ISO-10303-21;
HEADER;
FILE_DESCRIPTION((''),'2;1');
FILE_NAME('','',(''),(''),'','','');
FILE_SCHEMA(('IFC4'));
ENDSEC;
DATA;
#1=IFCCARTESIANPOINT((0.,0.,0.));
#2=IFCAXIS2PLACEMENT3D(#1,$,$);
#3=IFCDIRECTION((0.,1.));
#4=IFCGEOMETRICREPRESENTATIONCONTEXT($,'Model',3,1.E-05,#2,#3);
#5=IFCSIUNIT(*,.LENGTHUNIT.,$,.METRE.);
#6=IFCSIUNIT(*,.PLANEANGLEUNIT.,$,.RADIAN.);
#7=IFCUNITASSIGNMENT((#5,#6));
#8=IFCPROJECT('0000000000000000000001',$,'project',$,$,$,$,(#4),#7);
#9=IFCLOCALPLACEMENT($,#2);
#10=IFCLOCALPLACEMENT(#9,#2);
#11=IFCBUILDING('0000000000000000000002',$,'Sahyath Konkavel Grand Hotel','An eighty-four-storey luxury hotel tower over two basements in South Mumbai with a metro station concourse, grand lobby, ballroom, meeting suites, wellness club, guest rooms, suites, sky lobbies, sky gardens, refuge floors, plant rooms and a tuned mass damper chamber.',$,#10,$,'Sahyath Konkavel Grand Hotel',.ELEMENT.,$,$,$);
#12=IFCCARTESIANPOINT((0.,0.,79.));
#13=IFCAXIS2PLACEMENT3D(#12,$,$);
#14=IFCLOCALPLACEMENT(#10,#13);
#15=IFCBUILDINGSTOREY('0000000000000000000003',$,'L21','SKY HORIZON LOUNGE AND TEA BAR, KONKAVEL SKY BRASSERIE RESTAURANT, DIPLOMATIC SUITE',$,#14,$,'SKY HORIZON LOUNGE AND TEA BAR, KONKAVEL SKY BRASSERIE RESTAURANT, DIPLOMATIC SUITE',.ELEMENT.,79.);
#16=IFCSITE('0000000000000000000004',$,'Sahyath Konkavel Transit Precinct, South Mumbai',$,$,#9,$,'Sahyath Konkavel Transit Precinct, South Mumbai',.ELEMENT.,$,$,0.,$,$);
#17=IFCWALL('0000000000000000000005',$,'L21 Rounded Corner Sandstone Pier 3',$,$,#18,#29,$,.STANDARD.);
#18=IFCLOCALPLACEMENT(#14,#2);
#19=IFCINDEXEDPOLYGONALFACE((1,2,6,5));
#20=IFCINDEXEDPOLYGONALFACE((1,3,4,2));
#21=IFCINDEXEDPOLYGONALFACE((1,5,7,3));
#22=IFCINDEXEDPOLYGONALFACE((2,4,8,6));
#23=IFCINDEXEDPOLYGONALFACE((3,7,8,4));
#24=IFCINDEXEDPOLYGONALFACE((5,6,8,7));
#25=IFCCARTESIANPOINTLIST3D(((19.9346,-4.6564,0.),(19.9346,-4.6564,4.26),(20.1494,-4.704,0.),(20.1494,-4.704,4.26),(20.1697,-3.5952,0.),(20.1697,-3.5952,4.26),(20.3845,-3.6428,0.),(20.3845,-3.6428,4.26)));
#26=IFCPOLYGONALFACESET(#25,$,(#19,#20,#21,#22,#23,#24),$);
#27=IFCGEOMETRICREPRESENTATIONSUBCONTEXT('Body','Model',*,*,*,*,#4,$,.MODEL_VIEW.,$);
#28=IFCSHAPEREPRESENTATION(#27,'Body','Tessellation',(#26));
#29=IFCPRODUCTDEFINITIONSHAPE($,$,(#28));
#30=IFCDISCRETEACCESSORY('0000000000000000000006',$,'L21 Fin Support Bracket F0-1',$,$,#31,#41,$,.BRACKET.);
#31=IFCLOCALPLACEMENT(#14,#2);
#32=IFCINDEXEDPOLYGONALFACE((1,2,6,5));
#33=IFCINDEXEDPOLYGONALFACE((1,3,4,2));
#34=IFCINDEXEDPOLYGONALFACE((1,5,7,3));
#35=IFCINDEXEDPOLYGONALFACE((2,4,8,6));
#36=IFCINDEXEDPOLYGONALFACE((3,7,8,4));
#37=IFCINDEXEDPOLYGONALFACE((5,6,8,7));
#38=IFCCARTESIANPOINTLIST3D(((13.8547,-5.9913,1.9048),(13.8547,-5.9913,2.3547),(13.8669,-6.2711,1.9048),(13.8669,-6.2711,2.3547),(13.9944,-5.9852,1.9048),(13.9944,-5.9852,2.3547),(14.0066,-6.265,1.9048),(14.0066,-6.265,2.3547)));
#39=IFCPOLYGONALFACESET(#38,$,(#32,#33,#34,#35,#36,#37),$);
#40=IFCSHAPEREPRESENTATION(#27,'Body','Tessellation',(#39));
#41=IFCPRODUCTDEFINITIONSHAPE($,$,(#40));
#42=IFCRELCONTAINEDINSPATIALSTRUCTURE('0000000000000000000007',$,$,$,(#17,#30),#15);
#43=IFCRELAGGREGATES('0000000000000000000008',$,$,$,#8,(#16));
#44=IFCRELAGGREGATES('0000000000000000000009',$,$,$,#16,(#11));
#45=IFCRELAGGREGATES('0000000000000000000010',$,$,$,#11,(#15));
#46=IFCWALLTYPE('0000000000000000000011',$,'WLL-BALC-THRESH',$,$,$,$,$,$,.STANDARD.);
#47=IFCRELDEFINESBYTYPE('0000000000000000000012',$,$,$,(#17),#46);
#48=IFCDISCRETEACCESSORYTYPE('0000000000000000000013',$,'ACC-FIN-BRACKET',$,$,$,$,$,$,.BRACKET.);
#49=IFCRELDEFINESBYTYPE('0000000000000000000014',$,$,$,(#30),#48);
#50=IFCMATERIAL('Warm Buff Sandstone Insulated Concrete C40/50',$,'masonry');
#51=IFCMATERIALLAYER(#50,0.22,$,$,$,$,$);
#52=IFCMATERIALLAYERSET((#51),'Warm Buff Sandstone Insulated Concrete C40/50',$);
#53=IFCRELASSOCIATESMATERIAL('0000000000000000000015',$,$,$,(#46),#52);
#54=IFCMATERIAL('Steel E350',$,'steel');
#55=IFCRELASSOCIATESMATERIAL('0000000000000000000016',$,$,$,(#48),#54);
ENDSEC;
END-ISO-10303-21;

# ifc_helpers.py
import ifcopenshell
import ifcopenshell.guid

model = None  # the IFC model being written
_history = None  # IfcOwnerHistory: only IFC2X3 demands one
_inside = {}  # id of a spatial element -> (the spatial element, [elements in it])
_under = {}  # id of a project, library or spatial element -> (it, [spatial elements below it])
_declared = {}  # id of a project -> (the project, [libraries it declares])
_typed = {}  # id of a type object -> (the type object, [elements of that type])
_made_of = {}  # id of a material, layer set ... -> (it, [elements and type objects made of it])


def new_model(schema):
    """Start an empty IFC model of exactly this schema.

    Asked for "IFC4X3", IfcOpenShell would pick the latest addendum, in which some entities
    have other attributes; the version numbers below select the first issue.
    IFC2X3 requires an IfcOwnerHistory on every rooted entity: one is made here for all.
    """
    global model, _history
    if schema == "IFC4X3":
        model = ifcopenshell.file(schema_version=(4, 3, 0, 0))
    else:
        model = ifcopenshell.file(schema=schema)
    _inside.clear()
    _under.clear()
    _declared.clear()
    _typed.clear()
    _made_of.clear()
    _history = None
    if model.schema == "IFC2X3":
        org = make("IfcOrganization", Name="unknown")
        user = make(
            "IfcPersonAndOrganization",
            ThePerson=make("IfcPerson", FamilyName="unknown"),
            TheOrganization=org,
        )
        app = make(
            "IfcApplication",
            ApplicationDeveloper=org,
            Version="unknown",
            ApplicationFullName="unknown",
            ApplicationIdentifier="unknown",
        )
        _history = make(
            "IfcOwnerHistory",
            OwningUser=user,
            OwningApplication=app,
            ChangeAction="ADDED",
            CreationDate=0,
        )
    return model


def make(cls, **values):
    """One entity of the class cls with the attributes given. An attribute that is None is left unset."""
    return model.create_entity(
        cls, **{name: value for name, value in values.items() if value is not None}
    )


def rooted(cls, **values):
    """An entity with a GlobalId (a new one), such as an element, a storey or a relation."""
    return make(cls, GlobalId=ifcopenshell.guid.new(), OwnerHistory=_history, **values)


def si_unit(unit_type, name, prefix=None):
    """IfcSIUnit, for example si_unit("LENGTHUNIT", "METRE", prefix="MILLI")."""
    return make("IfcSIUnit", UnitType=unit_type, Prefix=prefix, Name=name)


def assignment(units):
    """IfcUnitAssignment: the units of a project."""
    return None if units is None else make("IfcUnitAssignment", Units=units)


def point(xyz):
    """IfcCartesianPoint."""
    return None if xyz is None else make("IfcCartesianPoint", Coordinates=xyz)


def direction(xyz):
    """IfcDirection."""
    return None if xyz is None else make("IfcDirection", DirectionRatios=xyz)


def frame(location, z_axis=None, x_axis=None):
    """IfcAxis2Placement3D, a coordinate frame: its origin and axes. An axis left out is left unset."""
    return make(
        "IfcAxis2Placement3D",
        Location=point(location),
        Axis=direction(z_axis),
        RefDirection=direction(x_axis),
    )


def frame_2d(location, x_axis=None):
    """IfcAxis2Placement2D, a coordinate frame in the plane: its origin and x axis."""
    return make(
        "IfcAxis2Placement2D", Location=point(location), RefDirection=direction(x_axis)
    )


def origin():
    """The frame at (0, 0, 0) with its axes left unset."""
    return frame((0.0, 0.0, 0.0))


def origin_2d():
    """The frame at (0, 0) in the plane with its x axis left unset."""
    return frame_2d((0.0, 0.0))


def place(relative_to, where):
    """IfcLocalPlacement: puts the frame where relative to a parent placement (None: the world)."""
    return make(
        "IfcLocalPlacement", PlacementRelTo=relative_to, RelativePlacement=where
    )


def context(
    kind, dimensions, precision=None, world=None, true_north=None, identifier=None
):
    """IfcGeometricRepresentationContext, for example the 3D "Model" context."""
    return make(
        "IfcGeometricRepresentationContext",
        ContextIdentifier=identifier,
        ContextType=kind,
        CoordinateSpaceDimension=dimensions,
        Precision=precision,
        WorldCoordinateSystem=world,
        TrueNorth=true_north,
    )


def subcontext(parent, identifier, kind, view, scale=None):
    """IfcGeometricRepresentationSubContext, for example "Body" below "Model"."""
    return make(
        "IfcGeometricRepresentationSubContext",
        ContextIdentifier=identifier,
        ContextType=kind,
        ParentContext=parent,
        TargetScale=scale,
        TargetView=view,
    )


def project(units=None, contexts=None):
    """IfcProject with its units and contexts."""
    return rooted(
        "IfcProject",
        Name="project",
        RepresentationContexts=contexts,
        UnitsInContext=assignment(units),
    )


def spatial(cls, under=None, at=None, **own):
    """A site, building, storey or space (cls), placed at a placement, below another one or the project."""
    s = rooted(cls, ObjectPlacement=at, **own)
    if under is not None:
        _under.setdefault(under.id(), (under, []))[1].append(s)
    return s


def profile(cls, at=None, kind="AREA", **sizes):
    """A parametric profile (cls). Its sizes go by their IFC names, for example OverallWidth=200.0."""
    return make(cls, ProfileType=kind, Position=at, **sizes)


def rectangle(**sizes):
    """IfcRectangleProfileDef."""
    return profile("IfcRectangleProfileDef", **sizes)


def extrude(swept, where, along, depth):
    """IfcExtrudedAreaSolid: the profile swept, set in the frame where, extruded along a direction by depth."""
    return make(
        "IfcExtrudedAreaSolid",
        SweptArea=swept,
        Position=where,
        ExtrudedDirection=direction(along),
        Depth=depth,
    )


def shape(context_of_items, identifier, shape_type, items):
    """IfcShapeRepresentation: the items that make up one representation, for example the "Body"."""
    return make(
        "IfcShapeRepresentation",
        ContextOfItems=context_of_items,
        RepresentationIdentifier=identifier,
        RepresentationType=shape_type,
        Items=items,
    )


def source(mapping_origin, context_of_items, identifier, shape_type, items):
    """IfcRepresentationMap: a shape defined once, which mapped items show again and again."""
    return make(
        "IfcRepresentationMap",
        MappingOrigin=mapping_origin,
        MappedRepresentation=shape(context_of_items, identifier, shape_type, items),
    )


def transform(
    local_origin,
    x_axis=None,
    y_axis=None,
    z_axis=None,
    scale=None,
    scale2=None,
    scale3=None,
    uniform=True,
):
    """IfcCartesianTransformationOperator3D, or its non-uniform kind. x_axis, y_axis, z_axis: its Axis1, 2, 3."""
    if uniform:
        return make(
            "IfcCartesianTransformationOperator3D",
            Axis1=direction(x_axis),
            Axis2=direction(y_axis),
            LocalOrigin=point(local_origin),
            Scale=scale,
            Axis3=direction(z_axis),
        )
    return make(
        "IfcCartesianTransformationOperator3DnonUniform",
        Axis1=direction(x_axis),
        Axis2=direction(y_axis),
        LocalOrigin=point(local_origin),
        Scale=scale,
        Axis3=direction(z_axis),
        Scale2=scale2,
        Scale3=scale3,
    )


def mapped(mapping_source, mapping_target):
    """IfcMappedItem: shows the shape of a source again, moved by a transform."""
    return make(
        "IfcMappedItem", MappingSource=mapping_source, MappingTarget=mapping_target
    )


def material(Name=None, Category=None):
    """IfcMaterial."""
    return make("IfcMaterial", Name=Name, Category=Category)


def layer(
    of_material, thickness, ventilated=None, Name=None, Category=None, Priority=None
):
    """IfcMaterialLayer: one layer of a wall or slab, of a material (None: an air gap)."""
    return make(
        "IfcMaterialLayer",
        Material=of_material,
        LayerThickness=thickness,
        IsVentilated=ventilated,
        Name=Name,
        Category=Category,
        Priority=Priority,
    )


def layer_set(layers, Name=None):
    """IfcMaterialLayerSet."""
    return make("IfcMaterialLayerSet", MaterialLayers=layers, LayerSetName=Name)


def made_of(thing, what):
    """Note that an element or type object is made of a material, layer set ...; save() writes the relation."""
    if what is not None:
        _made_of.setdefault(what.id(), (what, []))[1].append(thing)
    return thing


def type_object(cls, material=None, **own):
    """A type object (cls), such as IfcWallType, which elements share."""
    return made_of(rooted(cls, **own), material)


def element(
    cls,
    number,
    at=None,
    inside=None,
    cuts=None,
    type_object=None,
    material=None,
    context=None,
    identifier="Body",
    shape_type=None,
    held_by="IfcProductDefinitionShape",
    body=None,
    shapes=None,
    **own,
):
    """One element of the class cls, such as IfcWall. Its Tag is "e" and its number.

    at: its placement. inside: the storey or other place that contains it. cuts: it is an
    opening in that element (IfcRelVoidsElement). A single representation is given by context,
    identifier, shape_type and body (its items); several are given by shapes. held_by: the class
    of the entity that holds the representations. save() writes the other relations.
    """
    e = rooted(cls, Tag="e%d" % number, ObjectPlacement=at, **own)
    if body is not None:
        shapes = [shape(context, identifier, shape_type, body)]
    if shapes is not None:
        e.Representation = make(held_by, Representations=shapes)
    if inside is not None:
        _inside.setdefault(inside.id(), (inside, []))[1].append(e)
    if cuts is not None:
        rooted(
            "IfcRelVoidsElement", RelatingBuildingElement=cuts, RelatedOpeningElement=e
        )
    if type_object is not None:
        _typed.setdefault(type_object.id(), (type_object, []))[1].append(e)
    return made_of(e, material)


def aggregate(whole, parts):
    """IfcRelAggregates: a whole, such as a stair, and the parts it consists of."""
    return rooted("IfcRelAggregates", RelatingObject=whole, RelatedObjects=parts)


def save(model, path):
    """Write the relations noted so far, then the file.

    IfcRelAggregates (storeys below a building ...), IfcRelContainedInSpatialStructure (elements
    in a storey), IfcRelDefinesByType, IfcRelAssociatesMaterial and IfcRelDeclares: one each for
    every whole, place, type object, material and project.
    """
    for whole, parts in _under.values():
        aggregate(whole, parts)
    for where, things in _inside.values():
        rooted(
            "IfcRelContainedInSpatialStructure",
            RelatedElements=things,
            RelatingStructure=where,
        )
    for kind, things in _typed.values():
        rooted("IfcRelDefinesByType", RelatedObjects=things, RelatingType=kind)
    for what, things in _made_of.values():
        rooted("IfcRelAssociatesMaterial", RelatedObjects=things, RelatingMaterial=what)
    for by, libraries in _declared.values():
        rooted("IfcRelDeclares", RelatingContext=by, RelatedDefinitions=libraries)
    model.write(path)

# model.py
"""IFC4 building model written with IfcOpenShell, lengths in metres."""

from ifc_helpers import new_model, si_unit, direction, frame, frame_2d, origin, origin_2d, place, context, subcontext, project, spatial, rectangle, extrude, source, transform, mapped, material, layer, layer_set, type_object, element, save


model = new_model("IFC4")

# Units and contexts
model_context = context("Model", 3, precision=1e-05, world=origin(), true_north=direction((0.0, 1.0)))
body_context = subcontext(model_context, "Body", "Model", "MODEL_VIEW")
ifc_project = project(units=[si_unit("LENGTHUNIT", "METRE"), si_unit("PLANEANGLEUNIT", "RADIAN")], contexts=[model_context])

# Site, building, storey
site_placement = place(None, origin())
site = spatial("IfcSite", under=ifc_project, at=site_placement, Name="Sahyath Konkavel Transit Precinct, South Mumbai", LongName="Sahyath Konkavel Transit Precinct, South Mumbai", CompositionType="ELEMENT", RefElevation=0.0)
building_placement = place(site_placement, origin())
building = spatial("IfcBuilding", under=site, at=building_placement, Name="Sahyath Konkavel Grand Hotel", Description="An eighty-four-storey luxury hotel tower over two basements in South Mumbai with a metro station concourse, grand lobby, ballroom, meeting suites, wellness club, guest rooms, suites, sky lobbies, sky gardens, refuge floors, plant rooms and a tuned mass damper chamber.", LongName="Sahyath Konkavel Grand Hotel", CompositionType="ELEMENT")
storey_placement = place(building_placement, frame((0.0, 0.0, 79.0)))
storey = spatial("IfcBuildingStorey", under=building, at=storey_placement, Name="L21", Description="SKY HORIZON LOUNGE AND TEA BAR, KONKAVEL SKY BRASSERIE RESTAURANT, DIPLOMATIC SUITE", LongName="SKY HORIZON LOUNGE AND TEA BAR, KONKAVEL SKY BRASSERIE RESTAURANT, DIPLOMATIC SUITE", CompositionType="ELEMENT", Elevation=79.0)

# Shared definitions
ifc_material_1 = material(Name="Steel E350", Category="steel")

# Wall
ifc_material_2 = material(Name="Warm Buff Sandstone Insulated Concrete C40/50", Category="masonry")
ifc_layer_1 = layer(ifc_material_2, 0.22)
ifc_layer_set_1 = layer_set([ifc_layer_1], Name="Warm Buff Sandstone Insulated Concrete C40/50")
wall_type = type_object("IfcWallType", Name="WLL-BALC-THRESH", PredefinedType="STANDARD", material=ifc_layer_set_1)
wall_placement = place(storey_placement, frame((20.042, -4.6802, 0.0), z_axis=(0.0, 0.0, 1.0), x_axis=(0.216288, 0.97633, 0.0)))
element("IfcWall", 1, at=wall_placement, inside=storey, type_object=wall_type, Name="L21 Rounded Corner Sandstone Pier 3", PredefinedType="STANDARD", context=body_context, shape_type="SweptSolid", body=[
    extrude(rectangle(XDim=1.0869, YDim=0.22, at=frame_2d((0.5435, 0.0))), origin(), (0.0, 0.0, 1.0), 4.26),
])

# Discrete accessory
discrete_accessory_type = type_object("IfcDiscreteAccessoryType", Name="ACC-FIN-BRACKET", PredefinedType="BRACKET", material=ifc_material_1)
shared_shape_1 = source(origin(), body_context, "Body", "SweptSolid", [
    extrude(rectangle(XDim=0.28, YDim=0.1399, at=origin_2d()), origin(), (0.0, 0.0, 1.0), 0.45),
])
discrete_accessory_placement = place(storey_placement, frame((13.9307, -6.1282, 1.9048), z_axis=(0.0, 0.0, 1.0), x_axis=(0.043602, -0.999049, 0.0)))
element("IfcDiscreteAccessory", 2, at=discrete_accessory_placement, inside=storey, type_object=discrete_accessory_type, Name="L21 Fin Support Bracket F0-1", PredefinedType="BRACKET", context=body_context, shape_type="MappedRepresentation", body=[
    mapped(shared_shape_1, transform((0.0, 0.0, 0.0), scale=1.0)),
])

save(model, "model.ifc")
